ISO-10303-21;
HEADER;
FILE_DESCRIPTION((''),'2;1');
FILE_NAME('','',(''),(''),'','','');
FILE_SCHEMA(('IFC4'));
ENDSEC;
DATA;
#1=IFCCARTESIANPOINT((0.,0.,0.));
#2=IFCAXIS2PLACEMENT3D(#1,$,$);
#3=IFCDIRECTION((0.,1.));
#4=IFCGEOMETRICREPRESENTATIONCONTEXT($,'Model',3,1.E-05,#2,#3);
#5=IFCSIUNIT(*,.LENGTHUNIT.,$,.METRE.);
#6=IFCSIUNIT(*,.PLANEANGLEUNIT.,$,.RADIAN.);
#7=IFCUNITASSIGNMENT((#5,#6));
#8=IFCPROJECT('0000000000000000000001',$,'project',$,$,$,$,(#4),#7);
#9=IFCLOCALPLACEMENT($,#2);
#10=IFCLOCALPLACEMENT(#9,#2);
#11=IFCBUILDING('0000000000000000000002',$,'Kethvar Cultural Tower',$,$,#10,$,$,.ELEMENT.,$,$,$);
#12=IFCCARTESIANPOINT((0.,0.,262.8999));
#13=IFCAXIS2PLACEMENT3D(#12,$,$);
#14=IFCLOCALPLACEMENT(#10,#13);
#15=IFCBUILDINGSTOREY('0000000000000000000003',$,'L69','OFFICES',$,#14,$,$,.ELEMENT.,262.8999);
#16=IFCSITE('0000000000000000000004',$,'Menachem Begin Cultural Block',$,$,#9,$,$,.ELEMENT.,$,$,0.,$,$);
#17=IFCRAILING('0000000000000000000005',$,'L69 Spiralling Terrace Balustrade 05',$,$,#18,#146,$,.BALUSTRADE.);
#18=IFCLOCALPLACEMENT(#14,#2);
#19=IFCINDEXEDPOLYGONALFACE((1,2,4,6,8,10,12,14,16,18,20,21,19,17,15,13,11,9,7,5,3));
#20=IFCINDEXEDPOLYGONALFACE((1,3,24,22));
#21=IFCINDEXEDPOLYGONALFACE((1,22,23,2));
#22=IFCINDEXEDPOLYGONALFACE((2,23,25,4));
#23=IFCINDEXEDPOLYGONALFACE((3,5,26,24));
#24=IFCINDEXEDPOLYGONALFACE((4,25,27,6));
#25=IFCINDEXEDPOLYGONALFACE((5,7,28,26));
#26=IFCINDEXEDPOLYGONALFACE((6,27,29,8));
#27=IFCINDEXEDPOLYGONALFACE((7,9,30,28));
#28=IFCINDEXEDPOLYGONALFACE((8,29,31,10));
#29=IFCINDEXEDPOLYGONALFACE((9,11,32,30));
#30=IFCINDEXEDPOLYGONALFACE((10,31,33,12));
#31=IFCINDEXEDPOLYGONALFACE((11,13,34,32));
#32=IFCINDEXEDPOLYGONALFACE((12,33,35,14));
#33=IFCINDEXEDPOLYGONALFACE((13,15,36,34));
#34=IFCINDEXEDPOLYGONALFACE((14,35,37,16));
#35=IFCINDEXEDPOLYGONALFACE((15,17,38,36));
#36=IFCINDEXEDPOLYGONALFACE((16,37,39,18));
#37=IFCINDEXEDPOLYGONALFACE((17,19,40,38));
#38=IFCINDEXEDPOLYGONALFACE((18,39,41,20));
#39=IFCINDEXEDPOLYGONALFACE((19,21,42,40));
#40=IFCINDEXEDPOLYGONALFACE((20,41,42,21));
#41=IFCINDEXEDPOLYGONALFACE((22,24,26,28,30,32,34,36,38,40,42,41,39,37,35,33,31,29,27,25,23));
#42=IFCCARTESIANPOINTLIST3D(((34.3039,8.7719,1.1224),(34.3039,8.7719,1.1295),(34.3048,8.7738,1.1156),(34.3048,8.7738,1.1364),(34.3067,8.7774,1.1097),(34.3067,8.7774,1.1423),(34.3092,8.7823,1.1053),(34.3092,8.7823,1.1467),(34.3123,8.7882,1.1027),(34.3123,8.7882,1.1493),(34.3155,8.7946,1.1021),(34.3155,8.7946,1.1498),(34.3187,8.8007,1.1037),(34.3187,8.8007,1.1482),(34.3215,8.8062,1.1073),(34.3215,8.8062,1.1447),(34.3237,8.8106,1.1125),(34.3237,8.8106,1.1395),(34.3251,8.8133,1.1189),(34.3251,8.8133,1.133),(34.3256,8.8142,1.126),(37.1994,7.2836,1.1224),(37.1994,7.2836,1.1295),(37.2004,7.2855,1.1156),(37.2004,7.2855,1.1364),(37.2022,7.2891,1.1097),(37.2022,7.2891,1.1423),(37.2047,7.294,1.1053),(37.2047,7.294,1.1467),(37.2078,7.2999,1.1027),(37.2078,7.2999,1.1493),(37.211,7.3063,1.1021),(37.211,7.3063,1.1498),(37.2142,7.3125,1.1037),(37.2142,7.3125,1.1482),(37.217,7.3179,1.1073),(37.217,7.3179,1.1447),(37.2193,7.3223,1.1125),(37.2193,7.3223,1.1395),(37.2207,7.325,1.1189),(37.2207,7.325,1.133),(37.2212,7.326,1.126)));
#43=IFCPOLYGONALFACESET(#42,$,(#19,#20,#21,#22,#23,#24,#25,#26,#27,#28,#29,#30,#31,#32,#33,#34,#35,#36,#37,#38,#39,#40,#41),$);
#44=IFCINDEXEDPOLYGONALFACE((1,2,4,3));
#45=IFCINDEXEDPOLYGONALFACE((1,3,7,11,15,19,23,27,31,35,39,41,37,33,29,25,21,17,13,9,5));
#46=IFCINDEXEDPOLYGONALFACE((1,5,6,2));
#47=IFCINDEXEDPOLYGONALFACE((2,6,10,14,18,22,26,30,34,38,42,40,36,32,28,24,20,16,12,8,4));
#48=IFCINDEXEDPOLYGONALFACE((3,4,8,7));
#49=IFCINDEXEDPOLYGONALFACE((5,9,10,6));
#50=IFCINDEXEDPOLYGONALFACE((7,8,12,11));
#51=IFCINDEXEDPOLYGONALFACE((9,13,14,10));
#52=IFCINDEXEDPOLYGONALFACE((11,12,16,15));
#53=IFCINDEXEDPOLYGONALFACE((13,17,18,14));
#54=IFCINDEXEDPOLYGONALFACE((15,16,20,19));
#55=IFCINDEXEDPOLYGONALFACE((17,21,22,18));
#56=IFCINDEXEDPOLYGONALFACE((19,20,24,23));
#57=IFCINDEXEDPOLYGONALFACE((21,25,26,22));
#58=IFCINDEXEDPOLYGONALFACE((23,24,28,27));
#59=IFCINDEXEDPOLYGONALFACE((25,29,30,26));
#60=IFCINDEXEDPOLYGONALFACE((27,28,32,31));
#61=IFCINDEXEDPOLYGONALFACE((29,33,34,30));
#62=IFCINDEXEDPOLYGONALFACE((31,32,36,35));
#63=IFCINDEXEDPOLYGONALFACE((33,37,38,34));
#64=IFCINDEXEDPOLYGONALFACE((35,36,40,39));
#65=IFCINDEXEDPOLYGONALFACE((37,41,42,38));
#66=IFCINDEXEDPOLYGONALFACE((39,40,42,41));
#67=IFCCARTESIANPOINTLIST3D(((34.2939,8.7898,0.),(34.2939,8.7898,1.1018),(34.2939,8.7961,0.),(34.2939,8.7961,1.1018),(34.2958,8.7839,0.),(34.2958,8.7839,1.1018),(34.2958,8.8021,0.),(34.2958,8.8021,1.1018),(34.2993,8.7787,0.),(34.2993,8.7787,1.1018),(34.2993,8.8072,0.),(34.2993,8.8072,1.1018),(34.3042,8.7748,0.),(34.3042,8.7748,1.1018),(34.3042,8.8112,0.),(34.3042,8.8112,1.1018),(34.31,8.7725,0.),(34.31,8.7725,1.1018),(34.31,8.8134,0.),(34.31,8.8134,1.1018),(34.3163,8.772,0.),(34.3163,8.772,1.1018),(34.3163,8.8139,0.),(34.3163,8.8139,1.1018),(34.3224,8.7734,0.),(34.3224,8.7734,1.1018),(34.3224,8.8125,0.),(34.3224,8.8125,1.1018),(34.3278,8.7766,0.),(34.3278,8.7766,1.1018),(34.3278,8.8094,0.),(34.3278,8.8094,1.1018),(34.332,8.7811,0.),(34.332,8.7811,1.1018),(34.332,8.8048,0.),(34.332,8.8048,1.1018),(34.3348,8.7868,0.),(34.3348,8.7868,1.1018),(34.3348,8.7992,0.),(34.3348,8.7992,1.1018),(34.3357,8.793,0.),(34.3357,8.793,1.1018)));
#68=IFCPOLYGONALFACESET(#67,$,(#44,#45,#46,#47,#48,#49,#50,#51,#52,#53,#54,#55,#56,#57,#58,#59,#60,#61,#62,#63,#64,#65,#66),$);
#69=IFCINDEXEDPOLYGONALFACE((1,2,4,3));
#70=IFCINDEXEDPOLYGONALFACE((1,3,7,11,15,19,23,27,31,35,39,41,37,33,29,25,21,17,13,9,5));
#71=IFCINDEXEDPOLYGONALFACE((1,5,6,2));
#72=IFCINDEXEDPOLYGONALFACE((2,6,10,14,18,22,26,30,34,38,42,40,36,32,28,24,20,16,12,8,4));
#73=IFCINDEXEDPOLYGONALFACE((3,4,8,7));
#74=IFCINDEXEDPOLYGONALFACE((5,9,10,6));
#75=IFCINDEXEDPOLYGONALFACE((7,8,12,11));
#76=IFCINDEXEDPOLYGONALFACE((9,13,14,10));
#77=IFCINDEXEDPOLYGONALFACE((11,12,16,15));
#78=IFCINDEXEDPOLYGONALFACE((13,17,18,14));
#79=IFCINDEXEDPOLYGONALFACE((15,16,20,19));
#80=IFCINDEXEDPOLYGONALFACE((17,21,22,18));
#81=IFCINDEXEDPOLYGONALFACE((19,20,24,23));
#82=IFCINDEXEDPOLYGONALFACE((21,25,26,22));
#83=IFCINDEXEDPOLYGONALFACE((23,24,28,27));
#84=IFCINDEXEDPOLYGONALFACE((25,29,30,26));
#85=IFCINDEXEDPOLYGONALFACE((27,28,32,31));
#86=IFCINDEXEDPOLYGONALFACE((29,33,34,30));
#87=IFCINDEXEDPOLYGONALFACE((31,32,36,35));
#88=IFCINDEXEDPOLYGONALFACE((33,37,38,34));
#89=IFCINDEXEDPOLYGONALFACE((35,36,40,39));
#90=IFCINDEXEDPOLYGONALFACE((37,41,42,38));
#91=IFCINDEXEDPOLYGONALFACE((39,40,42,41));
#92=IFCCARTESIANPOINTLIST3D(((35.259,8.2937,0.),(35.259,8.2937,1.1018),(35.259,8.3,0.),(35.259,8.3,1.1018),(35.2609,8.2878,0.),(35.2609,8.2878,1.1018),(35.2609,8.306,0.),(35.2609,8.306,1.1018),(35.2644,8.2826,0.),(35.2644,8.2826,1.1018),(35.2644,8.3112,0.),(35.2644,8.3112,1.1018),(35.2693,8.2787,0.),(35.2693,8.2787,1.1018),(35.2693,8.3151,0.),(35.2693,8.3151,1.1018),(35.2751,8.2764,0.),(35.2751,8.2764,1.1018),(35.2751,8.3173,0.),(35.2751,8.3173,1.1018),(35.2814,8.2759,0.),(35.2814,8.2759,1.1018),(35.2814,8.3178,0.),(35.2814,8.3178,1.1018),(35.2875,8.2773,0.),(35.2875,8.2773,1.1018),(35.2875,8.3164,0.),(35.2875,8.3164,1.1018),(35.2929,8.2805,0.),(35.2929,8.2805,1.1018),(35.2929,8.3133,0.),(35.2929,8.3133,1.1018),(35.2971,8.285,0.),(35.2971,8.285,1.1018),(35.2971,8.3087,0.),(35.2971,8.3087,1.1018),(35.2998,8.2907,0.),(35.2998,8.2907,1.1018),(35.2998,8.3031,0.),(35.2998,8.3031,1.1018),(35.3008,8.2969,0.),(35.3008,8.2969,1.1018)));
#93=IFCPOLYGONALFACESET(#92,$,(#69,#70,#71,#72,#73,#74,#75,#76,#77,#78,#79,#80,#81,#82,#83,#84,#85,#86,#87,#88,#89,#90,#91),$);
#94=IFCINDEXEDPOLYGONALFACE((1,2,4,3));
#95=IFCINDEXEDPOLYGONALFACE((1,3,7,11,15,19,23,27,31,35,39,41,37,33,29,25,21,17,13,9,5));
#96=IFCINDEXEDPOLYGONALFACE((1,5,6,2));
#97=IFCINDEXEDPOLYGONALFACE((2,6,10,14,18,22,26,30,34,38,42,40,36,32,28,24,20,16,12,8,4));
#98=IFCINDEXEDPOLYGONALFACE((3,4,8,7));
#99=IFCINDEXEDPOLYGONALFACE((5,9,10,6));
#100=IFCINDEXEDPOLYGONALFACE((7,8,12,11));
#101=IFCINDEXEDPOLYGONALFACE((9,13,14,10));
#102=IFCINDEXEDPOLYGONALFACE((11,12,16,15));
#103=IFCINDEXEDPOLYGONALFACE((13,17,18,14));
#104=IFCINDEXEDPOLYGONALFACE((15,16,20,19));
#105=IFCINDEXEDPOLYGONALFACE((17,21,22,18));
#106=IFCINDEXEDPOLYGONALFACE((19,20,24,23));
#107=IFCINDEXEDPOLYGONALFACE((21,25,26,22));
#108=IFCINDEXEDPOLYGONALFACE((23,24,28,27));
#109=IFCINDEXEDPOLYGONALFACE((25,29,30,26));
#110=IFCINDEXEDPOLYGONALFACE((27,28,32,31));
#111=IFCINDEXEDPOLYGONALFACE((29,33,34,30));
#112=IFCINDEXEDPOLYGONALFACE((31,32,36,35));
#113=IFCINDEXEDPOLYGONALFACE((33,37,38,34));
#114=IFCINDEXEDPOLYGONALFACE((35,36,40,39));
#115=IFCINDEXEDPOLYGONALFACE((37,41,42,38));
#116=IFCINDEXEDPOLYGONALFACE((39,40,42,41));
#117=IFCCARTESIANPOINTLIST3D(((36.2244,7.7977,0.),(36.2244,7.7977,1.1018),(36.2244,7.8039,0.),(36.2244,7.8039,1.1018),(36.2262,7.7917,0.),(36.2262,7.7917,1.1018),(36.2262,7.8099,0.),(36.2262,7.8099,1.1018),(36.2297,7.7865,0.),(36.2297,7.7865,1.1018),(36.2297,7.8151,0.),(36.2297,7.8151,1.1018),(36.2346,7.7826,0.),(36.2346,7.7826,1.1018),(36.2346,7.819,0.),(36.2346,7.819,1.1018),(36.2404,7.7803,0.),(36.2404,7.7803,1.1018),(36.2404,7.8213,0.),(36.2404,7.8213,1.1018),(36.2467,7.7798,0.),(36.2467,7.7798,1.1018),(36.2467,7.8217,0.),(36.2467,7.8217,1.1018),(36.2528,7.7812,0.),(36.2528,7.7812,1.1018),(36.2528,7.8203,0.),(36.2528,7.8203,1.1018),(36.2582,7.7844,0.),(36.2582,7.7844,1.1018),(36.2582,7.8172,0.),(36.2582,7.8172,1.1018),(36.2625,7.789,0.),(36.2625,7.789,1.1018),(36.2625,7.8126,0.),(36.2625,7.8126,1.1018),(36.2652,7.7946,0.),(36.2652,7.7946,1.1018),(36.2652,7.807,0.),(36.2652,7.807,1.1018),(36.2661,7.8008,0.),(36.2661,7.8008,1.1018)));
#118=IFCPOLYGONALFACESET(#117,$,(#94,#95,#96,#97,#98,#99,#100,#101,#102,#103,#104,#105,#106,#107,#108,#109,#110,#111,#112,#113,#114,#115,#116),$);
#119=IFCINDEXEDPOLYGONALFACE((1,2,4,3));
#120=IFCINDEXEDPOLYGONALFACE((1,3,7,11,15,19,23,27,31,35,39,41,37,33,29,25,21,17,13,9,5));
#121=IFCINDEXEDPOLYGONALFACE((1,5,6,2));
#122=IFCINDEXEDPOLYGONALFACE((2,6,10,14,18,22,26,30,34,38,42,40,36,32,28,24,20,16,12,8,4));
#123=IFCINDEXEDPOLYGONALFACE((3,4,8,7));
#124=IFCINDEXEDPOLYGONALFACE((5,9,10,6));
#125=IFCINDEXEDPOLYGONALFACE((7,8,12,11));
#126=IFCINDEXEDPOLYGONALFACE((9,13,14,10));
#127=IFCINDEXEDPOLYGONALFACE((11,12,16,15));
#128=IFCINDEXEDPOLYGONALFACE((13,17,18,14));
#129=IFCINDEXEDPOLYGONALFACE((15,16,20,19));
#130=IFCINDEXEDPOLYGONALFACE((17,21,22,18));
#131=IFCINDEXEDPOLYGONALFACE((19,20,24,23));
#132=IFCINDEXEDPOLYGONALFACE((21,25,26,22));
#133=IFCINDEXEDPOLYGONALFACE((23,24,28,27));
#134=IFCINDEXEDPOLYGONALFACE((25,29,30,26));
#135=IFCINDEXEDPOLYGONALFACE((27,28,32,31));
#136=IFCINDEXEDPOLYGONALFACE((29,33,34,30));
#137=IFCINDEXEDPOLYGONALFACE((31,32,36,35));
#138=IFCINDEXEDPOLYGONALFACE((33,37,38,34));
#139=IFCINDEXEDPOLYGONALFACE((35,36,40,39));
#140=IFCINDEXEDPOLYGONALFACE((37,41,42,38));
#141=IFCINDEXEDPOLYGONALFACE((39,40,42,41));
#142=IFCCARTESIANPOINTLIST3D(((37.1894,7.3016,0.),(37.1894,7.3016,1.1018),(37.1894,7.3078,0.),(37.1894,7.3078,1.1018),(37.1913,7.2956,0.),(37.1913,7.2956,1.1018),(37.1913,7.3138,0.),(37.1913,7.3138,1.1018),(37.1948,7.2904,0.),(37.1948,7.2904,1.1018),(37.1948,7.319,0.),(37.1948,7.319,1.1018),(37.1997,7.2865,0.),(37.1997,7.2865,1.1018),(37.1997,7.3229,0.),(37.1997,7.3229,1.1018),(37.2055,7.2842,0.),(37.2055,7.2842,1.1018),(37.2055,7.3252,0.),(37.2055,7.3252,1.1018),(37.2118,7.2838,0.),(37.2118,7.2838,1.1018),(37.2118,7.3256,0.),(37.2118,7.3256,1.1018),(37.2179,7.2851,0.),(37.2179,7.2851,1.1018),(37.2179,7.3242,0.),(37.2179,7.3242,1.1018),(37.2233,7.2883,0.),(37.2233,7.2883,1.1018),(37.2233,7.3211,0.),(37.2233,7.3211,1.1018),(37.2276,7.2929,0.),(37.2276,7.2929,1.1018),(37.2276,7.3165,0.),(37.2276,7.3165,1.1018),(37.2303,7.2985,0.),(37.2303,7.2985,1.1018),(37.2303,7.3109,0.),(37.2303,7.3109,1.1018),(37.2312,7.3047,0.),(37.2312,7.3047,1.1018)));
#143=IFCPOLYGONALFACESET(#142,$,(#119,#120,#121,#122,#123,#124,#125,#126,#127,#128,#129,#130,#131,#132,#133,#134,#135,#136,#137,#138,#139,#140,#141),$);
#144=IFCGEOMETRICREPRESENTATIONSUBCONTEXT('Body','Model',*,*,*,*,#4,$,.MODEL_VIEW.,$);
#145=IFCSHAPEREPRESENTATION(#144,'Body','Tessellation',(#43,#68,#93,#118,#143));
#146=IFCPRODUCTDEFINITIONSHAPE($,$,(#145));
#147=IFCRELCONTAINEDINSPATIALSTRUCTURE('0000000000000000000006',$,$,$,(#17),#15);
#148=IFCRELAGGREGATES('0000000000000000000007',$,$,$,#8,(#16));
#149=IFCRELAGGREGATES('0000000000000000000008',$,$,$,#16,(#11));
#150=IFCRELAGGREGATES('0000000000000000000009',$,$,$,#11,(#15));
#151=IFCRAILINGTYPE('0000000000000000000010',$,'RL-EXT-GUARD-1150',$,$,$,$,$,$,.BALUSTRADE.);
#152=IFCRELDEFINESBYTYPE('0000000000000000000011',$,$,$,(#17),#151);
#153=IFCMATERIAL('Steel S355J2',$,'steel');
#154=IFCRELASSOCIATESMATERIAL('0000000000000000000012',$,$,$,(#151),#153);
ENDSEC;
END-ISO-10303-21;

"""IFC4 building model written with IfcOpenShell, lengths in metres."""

from ifc_helpers import new_model, si_unit, direction, frame, origin, origin_2d, place, context, subcontext, project, spatial, circle, extrude, material, type_object, element, save


model = new_model("IFC4")

# Units and contexts
model_context = context("Model", 3, precision=1e-05, world=origin(), true_north=direction((0.0, 1.0)))
body_context = subcontext(model_context, "Body", "Model", "MODEL_VIEW")
ifc_project = project(units=[si_unit("LENGTHUNIT", "METRE"), si_unit("PLANEANGLEUNIT", "RADIAN")], contexts=[model_context])

# Site, building, storey
site_placement = place(None, origin())
site = spatial("IfcSite", under=ifc_project, at=site_placement, Name="Menachem Begin Cultural Block", CompositionType="ELEMENT", RefElevation=0.0)
building_placement = place(site_placement, origin())
building = spatial("IfcBuilding", under=site, at=building_placement, Name="Kethvar Cultural Tower", CompositionType="ELEMENT")
storey_placement = place(building_placement, frame((0.0, 0.0, 262.8999)))
storey = spatial("IfcBuildingStorey", under=building, at=storey_placement, Name="L69", Description="OFFICES", CompositionType="ELEMENT", Elevation=262.8999)

# Shared definitions
ifc_material_1 = material(Name="Steel S355J2", Category="steel")

# Railing
railing_type = type_object("IfcRailingType", Name="RL-EXT-GUARD-1150", PredefinedType="BALUSTRADE", material=ifc_material_1)
railing_1_placement = place(storey_placement, frame((34.3147, 8.793, 0.0)))
element("IfcRailing", 1, at=railing_1_placement, inside=storey, type_object=railing_type, Name="L69 Spiralling Terrace Balustrade 05", PredefinedType="BALUSTRADE", context=body_context, shape_type="SweptSolid", body=[
    extrude(circle(Radius=0.0239, at=origin_2d()), frame((0.0, 0.0, 1.126), z_axis=(0.889392, -0.457145, 0.0), x_axis=(0.457145, 0.889392, 0.0)), (0.0, 0.0, 1.0), 3.2556),
    extrude(circle(Radius=0.021, at=origin_2d()), origin(), (0.0, 0.0, 1.0), 1.1018),
    extrude(circle(Radius=0.021, at=origin_2d()), frame((0.9651, -0.4961, 0.0)), (0.0, 0.0, 1.0), 1.1018),
    extrude(circle(Radius=0.021, at=origin_2d()), frame((1.9304, -0.9922, 0.0)), (0.0, 0.0, 1.0), 1.1018),
    extrude(circle(Radius=0.021, at=origin_2d()), frame((2.8955, -1.4883, 0.0)), (0.0, 0.0, 1.0), 1.1018),
])

save(model, "model.ifc")
